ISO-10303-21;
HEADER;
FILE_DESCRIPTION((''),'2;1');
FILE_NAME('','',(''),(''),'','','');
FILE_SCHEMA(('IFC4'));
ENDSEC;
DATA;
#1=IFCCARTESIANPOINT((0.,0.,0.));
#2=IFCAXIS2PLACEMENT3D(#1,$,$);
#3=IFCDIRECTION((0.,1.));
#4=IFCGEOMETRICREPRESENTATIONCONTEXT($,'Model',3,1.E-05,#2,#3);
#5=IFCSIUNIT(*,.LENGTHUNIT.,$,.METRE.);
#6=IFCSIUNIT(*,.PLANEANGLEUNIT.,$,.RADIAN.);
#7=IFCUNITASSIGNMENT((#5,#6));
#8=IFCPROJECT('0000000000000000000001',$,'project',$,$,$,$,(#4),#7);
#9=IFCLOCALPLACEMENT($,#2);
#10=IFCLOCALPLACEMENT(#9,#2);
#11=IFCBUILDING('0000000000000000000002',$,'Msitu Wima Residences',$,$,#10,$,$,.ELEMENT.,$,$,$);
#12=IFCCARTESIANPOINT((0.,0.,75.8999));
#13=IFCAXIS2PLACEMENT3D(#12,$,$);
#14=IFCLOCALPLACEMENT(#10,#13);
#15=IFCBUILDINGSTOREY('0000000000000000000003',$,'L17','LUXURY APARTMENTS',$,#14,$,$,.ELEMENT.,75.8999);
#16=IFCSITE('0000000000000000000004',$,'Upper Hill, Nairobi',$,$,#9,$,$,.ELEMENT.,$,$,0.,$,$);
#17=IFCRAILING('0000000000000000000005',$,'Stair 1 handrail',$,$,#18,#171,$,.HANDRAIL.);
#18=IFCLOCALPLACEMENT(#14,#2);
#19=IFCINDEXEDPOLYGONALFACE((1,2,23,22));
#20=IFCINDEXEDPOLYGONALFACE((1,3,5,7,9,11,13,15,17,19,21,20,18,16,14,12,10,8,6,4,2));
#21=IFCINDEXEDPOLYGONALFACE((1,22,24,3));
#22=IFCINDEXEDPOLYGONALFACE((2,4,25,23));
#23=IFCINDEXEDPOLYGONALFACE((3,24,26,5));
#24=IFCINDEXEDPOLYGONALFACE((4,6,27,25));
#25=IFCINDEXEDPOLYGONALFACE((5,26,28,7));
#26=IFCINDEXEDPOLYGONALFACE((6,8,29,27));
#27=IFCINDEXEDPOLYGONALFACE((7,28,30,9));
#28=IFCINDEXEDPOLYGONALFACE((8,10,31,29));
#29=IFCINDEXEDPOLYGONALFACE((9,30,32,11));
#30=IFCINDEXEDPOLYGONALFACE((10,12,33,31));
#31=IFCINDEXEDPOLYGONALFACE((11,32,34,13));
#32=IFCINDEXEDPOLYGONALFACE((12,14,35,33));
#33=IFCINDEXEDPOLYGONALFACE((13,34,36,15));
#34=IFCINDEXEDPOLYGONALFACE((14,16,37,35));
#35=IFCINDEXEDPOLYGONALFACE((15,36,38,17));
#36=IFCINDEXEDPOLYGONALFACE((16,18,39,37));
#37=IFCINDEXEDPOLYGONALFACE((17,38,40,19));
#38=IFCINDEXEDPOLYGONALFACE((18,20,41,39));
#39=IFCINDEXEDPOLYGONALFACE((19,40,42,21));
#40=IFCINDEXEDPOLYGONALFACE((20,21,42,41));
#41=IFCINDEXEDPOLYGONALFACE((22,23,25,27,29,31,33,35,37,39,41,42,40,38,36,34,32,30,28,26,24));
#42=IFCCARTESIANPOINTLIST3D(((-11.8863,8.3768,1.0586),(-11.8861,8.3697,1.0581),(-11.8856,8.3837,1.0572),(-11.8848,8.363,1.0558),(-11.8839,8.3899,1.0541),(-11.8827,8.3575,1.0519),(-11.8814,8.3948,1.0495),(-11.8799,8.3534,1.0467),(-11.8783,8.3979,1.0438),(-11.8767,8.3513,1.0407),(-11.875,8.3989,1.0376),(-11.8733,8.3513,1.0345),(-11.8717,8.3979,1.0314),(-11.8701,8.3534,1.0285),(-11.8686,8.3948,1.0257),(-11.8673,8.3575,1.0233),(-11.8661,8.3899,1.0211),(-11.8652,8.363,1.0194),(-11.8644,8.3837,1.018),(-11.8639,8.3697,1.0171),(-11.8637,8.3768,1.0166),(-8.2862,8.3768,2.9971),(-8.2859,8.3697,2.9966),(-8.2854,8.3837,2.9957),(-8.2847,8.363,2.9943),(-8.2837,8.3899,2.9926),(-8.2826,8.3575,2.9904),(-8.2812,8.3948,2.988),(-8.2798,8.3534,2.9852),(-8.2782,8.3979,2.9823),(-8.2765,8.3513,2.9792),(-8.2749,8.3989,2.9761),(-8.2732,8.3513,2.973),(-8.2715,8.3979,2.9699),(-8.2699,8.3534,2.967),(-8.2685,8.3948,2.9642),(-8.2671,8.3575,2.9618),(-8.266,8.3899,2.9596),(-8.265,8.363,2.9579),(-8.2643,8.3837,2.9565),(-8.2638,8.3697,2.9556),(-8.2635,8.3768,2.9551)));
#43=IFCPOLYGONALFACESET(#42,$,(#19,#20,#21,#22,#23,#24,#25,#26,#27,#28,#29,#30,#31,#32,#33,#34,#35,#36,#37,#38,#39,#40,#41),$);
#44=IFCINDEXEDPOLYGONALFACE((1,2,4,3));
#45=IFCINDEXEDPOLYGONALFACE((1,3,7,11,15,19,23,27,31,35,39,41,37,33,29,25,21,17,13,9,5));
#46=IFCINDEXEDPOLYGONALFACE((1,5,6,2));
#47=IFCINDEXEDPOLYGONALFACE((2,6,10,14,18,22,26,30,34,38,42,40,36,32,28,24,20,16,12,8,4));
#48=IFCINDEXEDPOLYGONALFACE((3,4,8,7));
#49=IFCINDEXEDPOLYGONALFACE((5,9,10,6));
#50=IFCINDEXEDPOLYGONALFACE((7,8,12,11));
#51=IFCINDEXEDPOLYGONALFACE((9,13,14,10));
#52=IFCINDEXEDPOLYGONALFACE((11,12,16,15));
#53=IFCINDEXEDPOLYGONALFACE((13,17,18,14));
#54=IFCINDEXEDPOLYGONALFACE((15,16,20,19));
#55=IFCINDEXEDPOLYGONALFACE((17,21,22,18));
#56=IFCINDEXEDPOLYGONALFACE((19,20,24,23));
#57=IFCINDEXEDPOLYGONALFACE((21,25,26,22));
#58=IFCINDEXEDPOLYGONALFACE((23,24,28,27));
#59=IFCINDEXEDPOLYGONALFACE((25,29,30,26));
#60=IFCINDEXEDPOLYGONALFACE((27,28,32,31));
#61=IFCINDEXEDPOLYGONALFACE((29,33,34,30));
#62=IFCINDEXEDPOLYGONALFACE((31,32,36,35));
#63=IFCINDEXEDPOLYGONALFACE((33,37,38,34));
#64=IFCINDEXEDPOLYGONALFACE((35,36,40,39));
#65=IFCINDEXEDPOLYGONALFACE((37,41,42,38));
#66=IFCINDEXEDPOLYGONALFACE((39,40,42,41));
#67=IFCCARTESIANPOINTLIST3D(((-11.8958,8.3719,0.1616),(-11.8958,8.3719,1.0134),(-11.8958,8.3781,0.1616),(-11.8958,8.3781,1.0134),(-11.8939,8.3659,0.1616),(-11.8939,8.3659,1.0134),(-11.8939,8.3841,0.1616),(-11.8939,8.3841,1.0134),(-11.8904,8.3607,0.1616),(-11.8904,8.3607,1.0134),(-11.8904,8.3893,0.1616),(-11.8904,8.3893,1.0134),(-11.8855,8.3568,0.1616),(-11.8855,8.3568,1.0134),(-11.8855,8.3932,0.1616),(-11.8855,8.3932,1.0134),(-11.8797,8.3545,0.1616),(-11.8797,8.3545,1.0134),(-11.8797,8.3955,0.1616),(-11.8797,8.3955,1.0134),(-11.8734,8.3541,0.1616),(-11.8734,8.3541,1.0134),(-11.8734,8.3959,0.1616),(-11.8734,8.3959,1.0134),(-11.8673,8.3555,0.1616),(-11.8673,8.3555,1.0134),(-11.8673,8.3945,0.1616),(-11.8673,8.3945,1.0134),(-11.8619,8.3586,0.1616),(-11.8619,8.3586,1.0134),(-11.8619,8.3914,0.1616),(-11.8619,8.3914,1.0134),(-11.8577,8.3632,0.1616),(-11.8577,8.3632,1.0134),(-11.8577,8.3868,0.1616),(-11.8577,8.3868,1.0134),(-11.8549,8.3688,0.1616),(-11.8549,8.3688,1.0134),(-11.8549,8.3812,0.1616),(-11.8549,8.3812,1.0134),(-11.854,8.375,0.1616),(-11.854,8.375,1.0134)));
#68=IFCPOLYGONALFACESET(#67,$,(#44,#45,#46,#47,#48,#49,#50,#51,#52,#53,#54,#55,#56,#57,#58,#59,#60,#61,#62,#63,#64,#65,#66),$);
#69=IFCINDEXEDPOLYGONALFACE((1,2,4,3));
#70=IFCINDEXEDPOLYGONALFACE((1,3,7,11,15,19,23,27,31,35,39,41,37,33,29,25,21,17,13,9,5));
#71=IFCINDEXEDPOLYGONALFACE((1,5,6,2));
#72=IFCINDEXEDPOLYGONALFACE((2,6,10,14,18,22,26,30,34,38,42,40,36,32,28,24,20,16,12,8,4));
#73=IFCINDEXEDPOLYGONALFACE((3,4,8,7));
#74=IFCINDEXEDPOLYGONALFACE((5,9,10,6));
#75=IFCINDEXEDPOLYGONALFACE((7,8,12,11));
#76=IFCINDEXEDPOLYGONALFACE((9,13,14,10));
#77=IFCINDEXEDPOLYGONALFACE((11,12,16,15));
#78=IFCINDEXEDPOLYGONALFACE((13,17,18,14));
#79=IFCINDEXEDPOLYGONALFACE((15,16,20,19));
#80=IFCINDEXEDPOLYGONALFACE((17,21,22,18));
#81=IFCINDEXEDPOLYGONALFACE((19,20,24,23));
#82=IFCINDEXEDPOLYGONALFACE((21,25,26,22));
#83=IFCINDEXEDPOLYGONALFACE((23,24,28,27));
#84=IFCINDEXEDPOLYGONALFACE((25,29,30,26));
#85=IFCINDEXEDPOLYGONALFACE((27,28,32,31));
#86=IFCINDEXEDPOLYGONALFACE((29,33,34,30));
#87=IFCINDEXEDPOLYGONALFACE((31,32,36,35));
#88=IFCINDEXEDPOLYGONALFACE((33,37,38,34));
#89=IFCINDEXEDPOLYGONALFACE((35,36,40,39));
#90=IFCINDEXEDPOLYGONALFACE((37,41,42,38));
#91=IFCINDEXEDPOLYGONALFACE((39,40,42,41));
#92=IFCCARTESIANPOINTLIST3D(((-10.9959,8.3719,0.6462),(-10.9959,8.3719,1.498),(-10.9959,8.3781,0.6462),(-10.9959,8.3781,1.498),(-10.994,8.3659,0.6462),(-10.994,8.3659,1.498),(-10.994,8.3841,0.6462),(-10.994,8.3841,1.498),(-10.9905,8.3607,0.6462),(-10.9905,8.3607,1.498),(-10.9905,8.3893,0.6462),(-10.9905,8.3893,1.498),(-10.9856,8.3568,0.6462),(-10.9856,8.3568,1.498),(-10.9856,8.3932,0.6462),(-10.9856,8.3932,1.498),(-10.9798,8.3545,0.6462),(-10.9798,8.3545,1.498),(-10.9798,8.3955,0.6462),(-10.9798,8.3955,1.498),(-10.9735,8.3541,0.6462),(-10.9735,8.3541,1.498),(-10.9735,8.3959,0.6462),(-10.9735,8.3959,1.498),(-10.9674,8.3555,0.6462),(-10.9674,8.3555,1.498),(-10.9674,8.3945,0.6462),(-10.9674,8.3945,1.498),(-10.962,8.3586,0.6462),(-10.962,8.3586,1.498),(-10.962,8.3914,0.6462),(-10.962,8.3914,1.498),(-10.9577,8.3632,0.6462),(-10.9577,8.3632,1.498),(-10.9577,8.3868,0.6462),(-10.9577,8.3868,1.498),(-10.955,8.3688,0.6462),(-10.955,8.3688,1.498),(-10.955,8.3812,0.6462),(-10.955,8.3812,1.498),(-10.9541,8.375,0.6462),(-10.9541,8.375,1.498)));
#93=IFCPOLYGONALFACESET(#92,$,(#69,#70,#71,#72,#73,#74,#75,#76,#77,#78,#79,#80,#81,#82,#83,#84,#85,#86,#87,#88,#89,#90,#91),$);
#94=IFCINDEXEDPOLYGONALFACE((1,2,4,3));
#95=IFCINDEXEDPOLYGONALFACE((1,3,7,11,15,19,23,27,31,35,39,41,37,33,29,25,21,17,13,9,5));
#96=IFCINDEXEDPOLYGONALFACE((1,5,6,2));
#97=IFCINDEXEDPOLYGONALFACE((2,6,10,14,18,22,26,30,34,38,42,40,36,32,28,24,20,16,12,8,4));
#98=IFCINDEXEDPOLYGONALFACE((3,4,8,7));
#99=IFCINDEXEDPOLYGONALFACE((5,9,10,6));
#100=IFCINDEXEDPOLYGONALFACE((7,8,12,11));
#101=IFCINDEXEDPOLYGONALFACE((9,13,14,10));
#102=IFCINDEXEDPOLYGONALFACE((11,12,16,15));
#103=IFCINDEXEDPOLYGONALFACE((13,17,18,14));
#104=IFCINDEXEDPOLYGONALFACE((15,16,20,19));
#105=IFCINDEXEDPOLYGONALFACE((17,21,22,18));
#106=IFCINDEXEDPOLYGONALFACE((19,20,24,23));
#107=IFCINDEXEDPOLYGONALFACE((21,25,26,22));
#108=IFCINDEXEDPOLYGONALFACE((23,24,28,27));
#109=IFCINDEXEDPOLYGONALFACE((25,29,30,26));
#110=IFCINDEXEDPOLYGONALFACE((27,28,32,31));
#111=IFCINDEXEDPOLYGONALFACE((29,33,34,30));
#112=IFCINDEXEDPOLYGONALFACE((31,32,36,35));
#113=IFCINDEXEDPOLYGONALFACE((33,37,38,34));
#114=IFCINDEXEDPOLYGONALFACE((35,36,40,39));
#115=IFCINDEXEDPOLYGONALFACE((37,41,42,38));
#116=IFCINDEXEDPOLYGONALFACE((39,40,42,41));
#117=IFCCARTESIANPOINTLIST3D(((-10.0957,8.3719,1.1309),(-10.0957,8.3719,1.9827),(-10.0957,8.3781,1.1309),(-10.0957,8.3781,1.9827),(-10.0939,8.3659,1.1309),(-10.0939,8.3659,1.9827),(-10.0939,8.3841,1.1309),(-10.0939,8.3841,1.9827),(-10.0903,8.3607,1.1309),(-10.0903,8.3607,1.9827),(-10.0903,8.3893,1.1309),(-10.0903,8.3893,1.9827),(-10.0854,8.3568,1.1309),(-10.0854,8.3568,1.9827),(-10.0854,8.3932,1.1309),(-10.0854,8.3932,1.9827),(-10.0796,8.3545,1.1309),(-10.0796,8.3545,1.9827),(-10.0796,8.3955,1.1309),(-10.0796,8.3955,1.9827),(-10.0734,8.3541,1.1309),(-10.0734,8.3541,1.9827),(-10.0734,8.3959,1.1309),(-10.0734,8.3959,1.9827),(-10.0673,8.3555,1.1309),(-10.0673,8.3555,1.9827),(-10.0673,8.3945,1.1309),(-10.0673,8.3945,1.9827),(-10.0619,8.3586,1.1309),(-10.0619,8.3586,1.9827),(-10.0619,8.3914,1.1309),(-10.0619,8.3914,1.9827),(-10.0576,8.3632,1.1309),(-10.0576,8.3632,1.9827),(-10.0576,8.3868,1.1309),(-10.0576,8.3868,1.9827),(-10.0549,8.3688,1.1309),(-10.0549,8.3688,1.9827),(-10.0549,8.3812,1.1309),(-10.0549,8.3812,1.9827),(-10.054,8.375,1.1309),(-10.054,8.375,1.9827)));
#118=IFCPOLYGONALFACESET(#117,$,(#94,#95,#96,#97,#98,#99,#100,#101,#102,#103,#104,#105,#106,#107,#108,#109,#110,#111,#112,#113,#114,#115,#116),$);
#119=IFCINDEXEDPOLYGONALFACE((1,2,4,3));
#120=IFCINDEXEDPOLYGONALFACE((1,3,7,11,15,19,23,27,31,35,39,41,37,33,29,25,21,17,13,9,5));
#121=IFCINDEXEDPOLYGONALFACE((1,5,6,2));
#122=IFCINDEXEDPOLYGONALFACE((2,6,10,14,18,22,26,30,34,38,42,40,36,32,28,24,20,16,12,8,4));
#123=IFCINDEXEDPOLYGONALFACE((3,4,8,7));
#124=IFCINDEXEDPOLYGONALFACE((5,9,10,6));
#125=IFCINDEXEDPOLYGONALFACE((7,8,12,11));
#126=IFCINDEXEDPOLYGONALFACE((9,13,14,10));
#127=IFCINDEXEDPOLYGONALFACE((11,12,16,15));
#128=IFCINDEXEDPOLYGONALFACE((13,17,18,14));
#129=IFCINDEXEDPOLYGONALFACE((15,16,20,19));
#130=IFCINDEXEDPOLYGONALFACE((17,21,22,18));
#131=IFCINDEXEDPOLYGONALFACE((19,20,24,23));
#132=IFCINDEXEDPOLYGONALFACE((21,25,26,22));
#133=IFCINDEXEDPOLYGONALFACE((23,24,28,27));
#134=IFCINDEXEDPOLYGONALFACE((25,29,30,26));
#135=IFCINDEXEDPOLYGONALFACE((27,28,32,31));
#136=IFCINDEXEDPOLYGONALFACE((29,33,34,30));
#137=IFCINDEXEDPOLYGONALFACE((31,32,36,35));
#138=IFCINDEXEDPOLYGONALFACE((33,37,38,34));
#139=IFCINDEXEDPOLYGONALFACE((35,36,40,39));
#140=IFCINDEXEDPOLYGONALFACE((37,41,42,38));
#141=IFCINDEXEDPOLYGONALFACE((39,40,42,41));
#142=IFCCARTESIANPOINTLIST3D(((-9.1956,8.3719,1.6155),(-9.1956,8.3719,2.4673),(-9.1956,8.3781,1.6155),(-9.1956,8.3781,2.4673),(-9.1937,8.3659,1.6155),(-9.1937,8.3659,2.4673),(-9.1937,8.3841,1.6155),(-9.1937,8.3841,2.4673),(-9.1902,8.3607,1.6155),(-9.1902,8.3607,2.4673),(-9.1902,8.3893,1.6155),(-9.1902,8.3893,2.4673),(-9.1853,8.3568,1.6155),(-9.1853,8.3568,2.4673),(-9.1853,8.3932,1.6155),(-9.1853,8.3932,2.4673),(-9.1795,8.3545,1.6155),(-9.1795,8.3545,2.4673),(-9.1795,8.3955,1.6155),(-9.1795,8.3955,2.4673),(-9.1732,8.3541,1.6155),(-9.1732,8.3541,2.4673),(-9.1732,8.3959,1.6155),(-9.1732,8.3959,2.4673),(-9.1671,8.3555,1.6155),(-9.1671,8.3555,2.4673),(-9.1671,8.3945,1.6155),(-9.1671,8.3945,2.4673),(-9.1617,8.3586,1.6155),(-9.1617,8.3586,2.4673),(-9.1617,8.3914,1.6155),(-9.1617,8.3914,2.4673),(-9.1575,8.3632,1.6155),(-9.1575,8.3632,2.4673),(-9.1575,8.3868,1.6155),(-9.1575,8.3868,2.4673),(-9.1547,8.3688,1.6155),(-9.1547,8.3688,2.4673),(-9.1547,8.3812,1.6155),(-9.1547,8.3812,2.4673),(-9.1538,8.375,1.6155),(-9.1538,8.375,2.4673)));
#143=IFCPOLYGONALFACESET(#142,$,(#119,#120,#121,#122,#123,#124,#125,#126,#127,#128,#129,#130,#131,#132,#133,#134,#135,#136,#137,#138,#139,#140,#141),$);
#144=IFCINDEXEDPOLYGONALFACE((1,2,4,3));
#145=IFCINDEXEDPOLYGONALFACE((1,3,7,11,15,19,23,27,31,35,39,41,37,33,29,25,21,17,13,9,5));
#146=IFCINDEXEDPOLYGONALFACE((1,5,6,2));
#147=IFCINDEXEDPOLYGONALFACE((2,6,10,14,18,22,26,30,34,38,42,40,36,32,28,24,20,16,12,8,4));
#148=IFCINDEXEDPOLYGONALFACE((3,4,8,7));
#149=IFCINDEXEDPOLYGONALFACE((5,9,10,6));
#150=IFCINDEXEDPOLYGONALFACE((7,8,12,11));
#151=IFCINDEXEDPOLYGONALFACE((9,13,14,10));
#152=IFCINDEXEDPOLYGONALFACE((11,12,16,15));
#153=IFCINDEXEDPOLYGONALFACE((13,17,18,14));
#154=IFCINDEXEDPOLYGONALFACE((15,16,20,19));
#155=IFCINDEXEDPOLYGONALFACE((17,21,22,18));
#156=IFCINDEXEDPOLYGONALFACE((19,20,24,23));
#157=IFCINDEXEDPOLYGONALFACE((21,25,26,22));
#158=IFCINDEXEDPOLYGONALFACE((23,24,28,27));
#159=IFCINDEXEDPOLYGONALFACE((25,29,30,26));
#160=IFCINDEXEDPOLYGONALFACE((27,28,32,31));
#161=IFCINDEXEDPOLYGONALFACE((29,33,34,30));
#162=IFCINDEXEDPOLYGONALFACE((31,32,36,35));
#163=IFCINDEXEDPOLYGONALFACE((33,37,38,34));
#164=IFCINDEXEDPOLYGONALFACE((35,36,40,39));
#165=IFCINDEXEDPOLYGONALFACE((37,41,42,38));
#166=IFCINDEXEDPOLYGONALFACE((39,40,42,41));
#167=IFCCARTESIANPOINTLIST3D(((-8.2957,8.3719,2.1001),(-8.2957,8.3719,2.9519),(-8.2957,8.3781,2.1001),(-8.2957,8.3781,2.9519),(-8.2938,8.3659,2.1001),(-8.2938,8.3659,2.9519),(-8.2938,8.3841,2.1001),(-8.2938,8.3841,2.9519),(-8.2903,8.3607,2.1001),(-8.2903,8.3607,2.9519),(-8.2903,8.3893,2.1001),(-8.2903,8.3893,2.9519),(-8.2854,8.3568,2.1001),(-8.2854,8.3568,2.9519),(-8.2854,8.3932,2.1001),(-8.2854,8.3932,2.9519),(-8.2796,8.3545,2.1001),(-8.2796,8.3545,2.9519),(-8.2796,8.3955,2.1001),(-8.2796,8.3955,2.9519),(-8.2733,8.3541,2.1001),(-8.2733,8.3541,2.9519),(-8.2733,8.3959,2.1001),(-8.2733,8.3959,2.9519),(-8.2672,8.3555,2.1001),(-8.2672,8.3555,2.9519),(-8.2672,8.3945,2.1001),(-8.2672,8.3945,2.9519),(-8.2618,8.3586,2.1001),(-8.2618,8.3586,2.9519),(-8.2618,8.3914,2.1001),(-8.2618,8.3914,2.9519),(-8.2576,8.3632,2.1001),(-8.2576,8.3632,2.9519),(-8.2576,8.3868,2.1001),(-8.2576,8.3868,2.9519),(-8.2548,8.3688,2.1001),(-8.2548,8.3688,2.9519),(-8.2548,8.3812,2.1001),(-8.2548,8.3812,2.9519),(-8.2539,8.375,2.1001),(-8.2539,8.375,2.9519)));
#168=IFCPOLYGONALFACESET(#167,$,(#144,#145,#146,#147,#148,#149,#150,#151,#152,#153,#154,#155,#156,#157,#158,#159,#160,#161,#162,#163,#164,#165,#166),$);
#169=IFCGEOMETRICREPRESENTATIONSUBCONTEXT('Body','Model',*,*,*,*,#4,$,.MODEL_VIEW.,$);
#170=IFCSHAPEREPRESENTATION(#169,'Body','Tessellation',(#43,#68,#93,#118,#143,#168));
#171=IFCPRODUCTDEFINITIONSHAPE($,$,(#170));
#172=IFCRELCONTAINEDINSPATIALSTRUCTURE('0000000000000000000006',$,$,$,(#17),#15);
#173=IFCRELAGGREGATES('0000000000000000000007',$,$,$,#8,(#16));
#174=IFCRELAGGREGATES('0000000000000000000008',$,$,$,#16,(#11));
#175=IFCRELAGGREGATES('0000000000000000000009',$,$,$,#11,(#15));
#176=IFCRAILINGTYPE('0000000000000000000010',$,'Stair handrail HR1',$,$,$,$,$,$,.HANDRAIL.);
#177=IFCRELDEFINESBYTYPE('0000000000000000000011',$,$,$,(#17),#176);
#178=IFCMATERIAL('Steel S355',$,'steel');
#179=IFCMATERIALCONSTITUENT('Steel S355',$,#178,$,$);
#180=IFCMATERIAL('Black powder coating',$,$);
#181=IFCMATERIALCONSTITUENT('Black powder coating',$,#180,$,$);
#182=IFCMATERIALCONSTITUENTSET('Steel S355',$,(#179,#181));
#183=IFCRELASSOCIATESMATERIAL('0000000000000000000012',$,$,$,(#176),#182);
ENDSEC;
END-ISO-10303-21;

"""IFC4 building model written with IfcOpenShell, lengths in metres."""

from ifc_helpers import new_model, si_unit, direction, frame, origin, origin_2d, place, context, subcontext, project, spatial, circle, extrude, material, constituent, constituent_set, type_object, element, save


model = new_model("IFC4")

# Units and contexts
model_context = context("Model", 3, precision=1e-05, world=origin(), true_north=direction((0.0, 1.0)))
body_context = subcontext(model_context, "Body", "Model", "MODEL_VIEW")
ifc_project = project(units=[si_unit("LENGTHUNIT", "METRE"), si_unit("PLANEANGLEUNIT", "RADIAN")], contexts=[model_context])

# Site, building, storey
site_placement = place(None, origin())
site = spatial("IfcSite", under=ifc_project, at=site_placement, Name="Upper Hill, Nairobi", CompositionType="ELEMENT", RefElevation=0.0)
building_placement = place(site_placement, origin())
building = spatial("IfcBuilding", under=site, at=building_placement, Name="Msitu Wima Residences", CompositionType="ELEMENT")
storey_placement = place(building_placement, frame((0.0, 0.0, 75.8999)))
storey = spatial("IfcBuildingStorey", under=building, at=storey_placement, Name="L17", Description="LUXURY APARTMENTS", CompositionType="ELEMENT", Elevation=75.8999)

# Railing
ifc_material_1 = material(Name="Steel S355", Category="steel")
ifc_constituent_1 = constituent(ifc_material_1, Name="Steel S355")
ifc_material_2 = material(Name="Black powder coating")
ifc_constituent_2 = constituent(ifc_material_2, Name="Black powder coating")
ifc_constituent_set = constituent_set(constituents=[ifc_constituent_1, ifc_constituent_2], Name="Steel S355")
railing_type = type_object("IfcRailingType", Name="Stair handrail HR1", PredefinedType="HANDRAIL", material=ifc_constituent_set)
for number, where, name in (
    (1, (-11.875, 8.375, 0.1616), "Stair 1 handrail"),
):
    element("IfcRailing", number, at=place(storey_placement, frame(where)), inside=storey, type_object=railing_type, Name=name, PredefinedType="HANDRAIL", context=body_context, shape_type="SweptSolid", body=[
        extrude(circle(Radius=0.0239, at=origin_2d()), frame((0.0, 0.0, 0.876), z_axis=(0.880475, 0.0, 0.474093), x_axis=(0.0, 1.0, 0.0)), (0.0, 0.0, 1.0), 4.0889),
        extrude(circle(Radius=0.021, at=origin_2d()), origin(), (0.0, 0.0, 1.0), 0.8518),
        extrude(circle(Radius=0.021, at=origin_2d()), frame((0.8999, 0.0, 0.4846)), (0.0, 0.0, 1.0), 0.8518),
        extrude(circle(Radius=0.021, at=origin_2d()), frame((1.8, 0.0, 0.9692)), (0.0, 0.0, 1.0), 0.8518),
        extrude(circle(Radius=0.021, at=origin_2d()), frame((2.7002, 0.0, 1.4539)), (0.0, 0.0, 1.0), 0.8518),
        extrude(circle(Radius=0.021, at=origin_2d()), frame((3.6001, 0.0, 1.9385)), (0.0, 0.0, 1.0), 0.8518),
    ])

save(model, "model.ifc")
